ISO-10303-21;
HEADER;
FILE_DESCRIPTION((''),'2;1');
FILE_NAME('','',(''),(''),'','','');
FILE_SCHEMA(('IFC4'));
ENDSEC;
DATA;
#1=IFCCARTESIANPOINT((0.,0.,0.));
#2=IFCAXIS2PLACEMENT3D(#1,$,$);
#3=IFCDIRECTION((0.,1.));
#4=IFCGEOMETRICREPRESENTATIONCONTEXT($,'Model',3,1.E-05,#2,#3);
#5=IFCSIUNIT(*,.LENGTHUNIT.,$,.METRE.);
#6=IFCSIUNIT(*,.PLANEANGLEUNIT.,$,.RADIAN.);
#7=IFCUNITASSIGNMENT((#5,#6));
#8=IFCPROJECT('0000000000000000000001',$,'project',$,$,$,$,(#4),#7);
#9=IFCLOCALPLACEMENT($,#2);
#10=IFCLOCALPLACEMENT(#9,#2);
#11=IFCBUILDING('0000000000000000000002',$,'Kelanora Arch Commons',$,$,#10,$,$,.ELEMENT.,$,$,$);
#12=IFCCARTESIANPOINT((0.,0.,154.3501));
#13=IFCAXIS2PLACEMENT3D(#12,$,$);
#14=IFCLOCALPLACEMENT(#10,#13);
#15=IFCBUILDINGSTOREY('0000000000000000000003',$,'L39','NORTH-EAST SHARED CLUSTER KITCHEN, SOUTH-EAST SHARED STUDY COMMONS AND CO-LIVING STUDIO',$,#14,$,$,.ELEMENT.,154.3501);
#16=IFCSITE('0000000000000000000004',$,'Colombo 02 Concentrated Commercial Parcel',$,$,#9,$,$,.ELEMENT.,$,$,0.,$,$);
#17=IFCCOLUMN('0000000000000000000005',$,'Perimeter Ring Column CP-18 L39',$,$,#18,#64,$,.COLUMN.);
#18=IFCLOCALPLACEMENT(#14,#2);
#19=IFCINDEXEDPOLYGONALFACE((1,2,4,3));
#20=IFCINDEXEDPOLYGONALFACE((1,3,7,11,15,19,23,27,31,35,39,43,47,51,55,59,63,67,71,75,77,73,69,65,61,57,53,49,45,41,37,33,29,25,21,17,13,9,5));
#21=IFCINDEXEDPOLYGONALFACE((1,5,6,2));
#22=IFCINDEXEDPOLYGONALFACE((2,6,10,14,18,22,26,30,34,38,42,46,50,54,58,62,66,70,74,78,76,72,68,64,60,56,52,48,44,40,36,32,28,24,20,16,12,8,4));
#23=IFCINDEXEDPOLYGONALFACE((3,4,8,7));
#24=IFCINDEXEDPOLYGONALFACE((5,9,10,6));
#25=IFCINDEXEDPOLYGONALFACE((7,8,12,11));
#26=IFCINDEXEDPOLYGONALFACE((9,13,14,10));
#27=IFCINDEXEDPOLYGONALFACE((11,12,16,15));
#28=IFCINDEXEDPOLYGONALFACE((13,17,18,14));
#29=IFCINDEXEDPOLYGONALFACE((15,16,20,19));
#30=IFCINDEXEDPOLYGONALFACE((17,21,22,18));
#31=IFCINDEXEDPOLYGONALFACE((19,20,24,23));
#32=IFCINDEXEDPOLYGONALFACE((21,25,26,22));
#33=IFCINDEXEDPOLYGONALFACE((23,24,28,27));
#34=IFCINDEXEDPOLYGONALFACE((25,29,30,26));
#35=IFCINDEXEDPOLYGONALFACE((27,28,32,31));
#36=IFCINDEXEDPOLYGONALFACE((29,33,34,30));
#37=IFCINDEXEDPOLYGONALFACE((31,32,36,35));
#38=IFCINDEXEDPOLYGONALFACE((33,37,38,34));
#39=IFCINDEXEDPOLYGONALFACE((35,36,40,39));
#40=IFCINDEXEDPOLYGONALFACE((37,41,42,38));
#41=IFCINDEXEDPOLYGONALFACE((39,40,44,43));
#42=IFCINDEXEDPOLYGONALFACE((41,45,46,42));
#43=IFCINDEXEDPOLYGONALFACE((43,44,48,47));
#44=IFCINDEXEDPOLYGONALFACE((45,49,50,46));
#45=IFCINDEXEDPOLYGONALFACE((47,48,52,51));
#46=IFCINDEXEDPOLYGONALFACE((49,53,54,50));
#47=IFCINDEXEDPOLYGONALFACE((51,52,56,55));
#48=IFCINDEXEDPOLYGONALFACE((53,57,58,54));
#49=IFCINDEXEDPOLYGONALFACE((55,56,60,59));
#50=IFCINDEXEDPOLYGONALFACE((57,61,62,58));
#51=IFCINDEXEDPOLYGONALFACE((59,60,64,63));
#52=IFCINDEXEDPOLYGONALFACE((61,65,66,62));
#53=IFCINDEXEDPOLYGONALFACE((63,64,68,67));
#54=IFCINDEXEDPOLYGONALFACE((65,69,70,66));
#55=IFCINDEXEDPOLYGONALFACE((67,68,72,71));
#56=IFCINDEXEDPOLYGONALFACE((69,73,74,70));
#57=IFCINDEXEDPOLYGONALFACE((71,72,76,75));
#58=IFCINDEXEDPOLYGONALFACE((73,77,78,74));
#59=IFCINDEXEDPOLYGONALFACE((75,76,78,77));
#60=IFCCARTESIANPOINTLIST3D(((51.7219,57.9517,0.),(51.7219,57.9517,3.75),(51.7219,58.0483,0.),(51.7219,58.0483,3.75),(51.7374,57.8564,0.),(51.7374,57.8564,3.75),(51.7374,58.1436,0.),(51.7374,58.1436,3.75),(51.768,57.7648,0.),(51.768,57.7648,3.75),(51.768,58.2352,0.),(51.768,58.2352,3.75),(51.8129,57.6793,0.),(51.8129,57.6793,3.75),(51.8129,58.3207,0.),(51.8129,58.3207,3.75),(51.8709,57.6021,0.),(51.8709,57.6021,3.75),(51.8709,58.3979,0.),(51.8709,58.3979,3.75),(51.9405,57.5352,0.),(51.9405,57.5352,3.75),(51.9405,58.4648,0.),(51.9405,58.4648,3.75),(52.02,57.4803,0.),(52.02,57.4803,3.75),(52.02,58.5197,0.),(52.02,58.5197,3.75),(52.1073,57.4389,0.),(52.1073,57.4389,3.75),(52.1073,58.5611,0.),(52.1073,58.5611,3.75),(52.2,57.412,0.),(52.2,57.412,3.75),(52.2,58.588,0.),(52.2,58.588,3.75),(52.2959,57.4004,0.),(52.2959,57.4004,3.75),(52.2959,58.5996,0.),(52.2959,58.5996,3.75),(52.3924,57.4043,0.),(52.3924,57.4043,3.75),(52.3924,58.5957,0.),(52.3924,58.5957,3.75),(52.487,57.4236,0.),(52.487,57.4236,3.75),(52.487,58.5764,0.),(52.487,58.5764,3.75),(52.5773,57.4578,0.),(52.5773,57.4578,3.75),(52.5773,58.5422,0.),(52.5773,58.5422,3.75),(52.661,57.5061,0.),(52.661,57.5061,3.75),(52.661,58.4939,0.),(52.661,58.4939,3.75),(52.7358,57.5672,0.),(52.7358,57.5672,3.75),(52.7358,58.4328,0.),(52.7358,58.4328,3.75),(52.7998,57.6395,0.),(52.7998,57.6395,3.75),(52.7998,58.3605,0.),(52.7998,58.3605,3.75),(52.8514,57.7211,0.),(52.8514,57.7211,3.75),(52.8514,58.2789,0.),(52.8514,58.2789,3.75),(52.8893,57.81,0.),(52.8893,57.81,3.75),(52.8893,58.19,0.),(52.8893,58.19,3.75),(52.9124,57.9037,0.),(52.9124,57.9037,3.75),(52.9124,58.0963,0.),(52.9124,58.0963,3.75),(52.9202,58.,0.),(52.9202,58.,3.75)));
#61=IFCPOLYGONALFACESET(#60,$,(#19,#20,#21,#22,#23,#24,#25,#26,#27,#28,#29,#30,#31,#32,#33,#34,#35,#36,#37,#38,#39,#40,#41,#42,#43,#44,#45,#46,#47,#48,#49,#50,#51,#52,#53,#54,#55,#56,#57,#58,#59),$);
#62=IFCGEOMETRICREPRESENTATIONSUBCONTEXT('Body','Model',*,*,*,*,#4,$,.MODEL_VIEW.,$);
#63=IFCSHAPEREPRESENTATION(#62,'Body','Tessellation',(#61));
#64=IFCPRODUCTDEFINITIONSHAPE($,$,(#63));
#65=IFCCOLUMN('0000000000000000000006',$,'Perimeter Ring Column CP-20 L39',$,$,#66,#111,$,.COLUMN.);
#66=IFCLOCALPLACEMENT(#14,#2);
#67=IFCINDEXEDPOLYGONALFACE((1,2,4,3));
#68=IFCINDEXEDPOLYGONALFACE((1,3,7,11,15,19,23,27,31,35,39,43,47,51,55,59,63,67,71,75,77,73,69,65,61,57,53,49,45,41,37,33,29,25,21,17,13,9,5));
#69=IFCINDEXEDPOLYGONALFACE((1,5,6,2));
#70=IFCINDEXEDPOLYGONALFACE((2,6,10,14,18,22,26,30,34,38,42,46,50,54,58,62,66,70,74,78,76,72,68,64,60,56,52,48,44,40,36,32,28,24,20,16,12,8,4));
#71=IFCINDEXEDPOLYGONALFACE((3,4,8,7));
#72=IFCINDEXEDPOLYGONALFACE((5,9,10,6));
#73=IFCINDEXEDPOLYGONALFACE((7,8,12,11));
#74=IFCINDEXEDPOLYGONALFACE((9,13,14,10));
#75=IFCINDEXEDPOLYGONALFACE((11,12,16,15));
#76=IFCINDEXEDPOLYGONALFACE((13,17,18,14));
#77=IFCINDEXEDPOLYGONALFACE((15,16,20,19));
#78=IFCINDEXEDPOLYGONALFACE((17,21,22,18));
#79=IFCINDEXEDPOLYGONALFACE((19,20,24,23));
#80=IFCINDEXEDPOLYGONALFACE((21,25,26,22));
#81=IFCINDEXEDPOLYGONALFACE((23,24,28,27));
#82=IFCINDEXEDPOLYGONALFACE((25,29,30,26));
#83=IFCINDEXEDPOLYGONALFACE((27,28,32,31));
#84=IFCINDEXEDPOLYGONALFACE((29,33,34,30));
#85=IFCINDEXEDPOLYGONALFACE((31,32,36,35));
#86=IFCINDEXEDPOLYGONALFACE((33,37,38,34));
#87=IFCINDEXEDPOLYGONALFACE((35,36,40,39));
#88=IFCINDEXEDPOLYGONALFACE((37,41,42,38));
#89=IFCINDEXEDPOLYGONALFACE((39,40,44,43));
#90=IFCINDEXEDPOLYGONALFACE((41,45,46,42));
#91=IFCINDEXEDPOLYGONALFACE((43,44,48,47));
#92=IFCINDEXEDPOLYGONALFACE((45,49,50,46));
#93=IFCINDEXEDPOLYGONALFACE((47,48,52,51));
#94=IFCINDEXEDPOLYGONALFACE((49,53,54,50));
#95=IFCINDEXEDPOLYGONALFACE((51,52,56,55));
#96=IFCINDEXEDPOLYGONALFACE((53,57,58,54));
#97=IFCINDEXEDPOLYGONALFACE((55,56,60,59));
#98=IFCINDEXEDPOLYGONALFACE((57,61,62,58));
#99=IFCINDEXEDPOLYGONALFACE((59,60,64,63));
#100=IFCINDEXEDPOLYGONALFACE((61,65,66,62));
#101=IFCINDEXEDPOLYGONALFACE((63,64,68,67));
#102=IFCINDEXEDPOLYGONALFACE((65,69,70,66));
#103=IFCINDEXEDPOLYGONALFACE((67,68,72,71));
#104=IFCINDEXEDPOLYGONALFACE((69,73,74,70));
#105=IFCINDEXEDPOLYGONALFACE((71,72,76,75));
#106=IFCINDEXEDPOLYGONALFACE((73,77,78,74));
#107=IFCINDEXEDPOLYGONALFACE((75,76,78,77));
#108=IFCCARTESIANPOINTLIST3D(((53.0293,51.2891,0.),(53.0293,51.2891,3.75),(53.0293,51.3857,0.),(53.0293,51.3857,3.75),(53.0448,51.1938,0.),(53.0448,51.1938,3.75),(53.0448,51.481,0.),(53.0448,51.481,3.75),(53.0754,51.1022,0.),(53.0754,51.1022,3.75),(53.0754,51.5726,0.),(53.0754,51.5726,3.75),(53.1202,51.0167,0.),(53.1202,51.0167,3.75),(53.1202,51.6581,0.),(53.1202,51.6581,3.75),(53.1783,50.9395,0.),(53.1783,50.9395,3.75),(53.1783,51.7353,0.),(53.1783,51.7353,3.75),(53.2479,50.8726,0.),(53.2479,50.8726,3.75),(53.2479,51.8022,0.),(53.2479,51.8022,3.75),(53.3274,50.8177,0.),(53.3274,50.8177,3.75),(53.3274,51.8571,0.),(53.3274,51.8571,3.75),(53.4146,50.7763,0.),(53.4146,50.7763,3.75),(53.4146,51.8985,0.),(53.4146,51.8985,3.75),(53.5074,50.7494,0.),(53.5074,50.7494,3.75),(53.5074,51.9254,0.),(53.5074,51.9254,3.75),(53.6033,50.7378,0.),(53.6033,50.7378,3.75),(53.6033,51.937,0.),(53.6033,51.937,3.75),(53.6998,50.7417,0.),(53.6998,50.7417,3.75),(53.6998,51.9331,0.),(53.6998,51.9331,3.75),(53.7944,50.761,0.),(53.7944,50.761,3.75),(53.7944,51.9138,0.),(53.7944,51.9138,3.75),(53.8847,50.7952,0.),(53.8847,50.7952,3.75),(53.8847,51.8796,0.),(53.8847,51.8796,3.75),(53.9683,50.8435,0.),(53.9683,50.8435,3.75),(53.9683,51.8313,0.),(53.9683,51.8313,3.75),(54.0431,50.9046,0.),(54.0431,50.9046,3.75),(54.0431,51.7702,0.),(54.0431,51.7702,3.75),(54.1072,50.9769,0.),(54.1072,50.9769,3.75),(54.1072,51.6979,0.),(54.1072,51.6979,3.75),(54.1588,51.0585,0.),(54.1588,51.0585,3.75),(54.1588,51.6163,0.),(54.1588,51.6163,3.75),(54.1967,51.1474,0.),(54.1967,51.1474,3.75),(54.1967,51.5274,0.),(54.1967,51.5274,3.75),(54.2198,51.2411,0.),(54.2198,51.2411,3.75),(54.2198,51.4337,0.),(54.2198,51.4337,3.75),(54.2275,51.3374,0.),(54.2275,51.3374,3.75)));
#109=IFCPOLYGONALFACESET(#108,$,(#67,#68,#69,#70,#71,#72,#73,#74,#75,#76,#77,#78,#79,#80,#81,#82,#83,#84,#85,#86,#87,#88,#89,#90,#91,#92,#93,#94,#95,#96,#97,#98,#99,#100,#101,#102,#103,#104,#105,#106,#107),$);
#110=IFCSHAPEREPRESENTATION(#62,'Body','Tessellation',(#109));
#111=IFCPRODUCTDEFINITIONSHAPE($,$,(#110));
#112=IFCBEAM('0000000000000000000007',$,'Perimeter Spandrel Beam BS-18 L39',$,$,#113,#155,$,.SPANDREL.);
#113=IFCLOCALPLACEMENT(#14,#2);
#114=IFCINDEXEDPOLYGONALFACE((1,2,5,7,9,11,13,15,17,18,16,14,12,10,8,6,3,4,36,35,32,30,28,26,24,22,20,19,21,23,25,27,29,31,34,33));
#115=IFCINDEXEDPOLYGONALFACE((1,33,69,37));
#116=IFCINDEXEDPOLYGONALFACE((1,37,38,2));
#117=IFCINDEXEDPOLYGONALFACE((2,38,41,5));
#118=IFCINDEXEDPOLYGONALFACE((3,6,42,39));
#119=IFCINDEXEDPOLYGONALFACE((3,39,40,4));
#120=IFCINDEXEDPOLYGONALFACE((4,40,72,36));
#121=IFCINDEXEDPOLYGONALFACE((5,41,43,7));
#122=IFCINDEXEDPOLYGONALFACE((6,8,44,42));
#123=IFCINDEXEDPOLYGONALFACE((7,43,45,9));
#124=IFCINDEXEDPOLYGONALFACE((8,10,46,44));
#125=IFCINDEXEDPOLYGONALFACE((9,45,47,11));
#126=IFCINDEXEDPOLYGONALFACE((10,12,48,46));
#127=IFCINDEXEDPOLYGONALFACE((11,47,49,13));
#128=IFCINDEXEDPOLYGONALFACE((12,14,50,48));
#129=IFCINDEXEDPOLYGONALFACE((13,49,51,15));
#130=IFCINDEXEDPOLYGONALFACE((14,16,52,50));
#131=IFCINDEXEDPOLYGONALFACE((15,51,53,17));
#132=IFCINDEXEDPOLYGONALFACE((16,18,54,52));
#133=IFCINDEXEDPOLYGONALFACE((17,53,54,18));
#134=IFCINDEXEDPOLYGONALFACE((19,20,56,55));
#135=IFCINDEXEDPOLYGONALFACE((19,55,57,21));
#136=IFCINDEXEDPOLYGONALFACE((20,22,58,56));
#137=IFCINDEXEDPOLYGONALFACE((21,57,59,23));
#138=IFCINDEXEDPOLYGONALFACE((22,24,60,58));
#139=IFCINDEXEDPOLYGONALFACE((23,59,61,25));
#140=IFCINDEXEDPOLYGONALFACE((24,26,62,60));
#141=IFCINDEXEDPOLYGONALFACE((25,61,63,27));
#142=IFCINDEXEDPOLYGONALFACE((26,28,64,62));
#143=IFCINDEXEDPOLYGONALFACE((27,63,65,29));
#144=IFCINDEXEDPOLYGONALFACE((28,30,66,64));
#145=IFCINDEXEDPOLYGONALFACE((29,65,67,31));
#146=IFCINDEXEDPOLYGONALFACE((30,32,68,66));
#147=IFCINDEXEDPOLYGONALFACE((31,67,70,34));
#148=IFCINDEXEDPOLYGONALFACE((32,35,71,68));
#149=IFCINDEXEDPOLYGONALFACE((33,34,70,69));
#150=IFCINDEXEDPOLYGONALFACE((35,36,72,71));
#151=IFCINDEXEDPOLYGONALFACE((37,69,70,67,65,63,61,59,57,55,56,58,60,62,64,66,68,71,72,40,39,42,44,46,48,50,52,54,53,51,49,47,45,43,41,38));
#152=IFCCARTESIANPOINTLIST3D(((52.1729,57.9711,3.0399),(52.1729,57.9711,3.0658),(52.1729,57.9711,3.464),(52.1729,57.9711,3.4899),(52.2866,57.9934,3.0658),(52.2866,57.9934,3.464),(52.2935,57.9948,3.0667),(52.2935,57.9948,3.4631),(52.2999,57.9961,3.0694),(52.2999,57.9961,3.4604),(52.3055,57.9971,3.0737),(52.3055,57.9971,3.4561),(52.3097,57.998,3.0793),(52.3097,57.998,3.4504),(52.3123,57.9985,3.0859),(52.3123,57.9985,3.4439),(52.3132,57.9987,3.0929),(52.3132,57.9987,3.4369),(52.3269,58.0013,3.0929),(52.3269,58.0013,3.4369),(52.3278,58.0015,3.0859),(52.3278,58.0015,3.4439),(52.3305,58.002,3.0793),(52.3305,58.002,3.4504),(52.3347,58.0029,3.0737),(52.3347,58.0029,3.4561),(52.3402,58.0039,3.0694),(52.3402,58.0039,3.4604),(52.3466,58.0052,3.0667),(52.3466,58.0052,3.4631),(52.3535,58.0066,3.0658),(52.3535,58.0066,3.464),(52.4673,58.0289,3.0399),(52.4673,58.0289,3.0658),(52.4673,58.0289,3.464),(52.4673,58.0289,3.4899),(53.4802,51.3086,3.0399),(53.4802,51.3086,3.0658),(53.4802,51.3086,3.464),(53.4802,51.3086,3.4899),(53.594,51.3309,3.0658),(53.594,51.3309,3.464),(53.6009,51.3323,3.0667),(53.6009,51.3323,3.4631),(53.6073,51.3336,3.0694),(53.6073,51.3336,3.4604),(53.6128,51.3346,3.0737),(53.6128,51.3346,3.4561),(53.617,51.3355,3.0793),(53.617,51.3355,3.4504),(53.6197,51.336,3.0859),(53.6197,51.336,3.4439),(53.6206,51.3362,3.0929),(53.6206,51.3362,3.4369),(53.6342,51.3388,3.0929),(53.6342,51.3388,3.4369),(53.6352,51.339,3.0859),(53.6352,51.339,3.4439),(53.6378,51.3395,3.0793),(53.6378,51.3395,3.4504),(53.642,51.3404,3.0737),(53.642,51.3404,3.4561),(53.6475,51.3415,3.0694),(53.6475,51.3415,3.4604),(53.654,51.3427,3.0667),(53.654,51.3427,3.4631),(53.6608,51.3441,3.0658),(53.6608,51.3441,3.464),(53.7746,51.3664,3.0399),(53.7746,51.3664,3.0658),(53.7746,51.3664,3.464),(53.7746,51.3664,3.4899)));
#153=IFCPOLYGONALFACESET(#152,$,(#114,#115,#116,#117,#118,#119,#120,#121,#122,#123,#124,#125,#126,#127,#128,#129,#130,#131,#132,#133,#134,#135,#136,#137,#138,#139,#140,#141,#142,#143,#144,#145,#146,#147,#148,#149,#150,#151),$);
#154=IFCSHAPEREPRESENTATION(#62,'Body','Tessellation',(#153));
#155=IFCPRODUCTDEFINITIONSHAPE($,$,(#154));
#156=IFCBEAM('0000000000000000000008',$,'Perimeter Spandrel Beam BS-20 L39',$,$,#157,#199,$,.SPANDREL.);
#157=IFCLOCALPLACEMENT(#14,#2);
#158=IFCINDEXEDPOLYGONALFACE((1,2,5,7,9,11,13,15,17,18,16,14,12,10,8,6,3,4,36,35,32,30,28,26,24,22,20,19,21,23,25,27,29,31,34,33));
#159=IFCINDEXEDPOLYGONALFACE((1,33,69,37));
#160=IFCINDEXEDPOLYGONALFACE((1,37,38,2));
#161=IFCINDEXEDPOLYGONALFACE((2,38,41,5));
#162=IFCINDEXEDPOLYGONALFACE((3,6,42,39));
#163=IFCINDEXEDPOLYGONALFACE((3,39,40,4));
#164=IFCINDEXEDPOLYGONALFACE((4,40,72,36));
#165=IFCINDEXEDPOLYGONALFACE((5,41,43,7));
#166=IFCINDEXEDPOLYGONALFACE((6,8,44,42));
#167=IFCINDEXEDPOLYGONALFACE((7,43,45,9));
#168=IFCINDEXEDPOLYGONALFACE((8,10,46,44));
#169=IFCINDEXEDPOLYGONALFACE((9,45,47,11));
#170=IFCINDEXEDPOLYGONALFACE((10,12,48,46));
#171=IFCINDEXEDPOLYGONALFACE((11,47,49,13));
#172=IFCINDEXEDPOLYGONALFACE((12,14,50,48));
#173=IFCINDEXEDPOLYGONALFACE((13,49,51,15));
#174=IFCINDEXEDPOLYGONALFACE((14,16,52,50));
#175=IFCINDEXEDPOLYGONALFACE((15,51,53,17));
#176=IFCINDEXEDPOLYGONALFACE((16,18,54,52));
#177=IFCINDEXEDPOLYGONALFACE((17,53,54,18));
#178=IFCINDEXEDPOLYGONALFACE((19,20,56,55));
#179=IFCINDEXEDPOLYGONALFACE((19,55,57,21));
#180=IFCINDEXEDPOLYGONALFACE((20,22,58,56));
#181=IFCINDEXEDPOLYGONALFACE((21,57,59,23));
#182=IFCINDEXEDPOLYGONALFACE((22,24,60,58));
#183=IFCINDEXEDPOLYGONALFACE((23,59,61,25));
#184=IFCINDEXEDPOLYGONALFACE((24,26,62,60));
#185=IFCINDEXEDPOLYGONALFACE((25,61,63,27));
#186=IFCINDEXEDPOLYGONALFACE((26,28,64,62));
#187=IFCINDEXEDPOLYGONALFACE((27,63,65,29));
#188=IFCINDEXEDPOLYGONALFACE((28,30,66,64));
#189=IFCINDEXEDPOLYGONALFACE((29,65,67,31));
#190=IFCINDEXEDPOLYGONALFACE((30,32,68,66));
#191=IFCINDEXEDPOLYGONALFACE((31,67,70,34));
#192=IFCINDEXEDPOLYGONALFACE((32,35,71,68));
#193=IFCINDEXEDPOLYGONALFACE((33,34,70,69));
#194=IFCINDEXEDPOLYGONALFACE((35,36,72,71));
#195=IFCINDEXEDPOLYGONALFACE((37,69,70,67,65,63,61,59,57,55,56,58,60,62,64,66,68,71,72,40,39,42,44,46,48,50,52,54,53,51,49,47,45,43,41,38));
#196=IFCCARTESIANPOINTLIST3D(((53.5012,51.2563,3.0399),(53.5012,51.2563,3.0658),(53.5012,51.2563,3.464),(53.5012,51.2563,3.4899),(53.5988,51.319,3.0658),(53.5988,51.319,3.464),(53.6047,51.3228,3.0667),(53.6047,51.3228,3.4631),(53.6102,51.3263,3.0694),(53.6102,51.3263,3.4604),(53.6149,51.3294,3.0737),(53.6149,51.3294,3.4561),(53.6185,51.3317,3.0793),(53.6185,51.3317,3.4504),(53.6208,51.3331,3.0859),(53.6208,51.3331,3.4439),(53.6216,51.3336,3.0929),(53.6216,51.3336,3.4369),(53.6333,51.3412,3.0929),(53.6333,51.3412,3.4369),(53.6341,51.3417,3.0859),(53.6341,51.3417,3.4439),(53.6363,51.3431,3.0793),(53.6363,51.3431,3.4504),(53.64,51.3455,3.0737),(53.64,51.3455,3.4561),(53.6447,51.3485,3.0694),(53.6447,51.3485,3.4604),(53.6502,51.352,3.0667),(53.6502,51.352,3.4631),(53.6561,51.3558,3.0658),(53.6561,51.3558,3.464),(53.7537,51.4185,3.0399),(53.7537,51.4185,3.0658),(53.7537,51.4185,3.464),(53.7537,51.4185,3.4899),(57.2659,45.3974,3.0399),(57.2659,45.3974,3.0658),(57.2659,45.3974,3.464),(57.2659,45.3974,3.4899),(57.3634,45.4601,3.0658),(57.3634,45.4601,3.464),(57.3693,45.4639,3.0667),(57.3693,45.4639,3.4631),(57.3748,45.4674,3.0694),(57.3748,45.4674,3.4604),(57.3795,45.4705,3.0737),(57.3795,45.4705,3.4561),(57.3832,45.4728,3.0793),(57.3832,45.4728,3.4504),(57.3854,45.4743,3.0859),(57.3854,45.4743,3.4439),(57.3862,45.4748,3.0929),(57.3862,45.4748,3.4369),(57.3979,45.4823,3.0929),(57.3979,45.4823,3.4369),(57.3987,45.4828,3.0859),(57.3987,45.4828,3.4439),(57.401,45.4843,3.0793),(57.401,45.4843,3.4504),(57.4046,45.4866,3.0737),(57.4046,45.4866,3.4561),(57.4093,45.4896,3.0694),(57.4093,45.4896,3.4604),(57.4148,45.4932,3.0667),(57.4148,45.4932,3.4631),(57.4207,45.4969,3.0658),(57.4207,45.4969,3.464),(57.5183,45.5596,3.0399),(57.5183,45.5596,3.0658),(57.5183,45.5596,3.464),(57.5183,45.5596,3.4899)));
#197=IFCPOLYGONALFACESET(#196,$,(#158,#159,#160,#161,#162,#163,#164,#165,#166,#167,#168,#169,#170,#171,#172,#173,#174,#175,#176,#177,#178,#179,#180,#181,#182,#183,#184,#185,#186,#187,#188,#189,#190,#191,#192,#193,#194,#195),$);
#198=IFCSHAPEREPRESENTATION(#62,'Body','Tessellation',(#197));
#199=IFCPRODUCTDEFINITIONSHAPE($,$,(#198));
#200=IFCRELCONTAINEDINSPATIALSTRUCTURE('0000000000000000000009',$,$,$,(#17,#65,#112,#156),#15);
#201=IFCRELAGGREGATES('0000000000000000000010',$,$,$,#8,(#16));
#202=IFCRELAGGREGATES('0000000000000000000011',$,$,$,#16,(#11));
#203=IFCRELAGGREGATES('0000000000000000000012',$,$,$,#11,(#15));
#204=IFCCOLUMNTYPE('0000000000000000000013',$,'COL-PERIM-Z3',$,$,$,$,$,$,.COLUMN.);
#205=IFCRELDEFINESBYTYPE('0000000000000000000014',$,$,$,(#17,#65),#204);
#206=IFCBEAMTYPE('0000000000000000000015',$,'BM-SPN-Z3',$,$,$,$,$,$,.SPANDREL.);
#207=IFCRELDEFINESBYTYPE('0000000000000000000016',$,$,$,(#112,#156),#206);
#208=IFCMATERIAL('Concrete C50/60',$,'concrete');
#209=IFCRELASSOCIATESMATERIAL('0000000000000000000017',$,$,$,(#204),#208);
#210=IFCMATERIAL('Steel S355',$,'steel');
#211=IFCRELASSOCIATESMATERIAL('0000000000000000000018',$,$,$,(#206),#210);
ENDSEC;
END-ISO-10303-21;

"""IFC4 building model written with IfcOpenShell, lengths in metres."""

from ifc_helpers import new_model, si_unit, direction, frame, origin, origin_2d, place, context, subcontext, project, spatial, circle, i_section, extrude, material, material_profile, profile_set, type_object, element, save


model = new_model("IFC4")

# Units and contexts
model_context = context("Model", 3, precision=1e-05, world=origin(), true_north=direction((0.0, 1.0)))
body_context = subcontext(model_context, "Body", "Model", "MODEL_VIEW")
ifc_project = project(units=[si_unit("LENGTHUNIT", "METRE"), si_unit("PLANEANGLEUNIT", "RADIAN")], contexts=[model_context])

# Site, building, storey
site_placement = place(None, origin())
site = spatial("IfcSite", under=ifc_project, at=site_placement, Name="Colombo 02 Concentrated Commercial Parcel", CompositionType="ELEMENT", RefElevation=0.0)
building_placement = place(site_placement, origin())
building = spatial("IfcBuilding", under=site, at=building_placement, Name="Kelanora Arch Commons", CompositionType="ELEMENT")
storey_placement = place(building_placement, frame((0.0, 0.0, 154.3501)))
storey = spatial("IfcBuildingStorey", under=building, at=storey_placement, Name="L39", Description="NORTH-EAST SHARED CLUSTER KITCHEN, SOUTH-EAST SHARED STUDY COMMONS AND CO-LIVING STUDIO", CompositionType="ELEMENT", Elevation=154.3501)

# Columns
ifc_material_1 = material(Name="Concrete C50/60", Category="concrete")
ifc_material_profile_1 = material_profile(ifc_material_1, circle(Radius=0.6001, at=origin_2d()), Name="RCC1200")
ifc_profile_set_1 = profile_set([ifc_material_profile_1], Name="Concrete C50/60")
column_type = type_object("IfcColumnType", Name="COL-PERIM-Z3", PredefinedType="COLUMN", material=ifc_profile_set_1)
for number, where, z_axis, x_axis, name in (
    (1, (52.3201, 58.0, 0.0), (0.0, 0.0, 1.0), (1.0, 0.0, 0.0), "Perimeter Ring Column CP-18 L39"),
    (2, (53.6274, 51.3374, 0.0), (0.0, 0.0, 1.0), (1.0, 0.0, 0.0), "Perimeter Ring Column CP-20 L39"),
):
    element("IfcColumn", number, at=place(storey_placement, frame(where, z_axis=z_axis, x_axis=x_axis)), inside=storey, type_object=column_type, Name=name, PredefinedType="COLUMN", context=body_context, shape_type="SweptSolid", body=[
        extrude(circle(Radius=0.6001, at=origin_2d()), origin(), (0.0, 0.0, 1.0), 3.75),
    ])

# Beams
ifc_material_2 = material(Name="Steel S355", Category="steel")
ifc_material_profile_2 = material_profile(ifc_material_2, i_section(OverallWidth=0.3, OverallDepth=0.45, WebThickness=0.0139, FlangeThickness=0.0259, FilletRadius=0.0271, at=origin_2d()), Name="HEB450")
ifc_profile_set_2 = profile_set([ifc_material_profile_2], Name="Steel S355")
beam_type = type_object("IfcBeamType", Name="BM-SPN-Z3", PredefinedType="SPANDREL", material=ifc_profile_set_2)
beam_1_placement = place(storey_placement, frame((52.3201, 58.0, 3.2649), z_axis=(0.192554, -0.981286, 0.0), x_axis=(0.981286, 0.192554, 0.0)))
element("IfcBeam", 3, at=beam_1_placement, inside=storey, type_object=beam_type, Name="Perimeter Spandrel Beam BS-18 L39", PredefinedType="SPANDREL", context=body_context, shape_type="SweptSolid", body=[
    extrude(i_section(OverallWidth=0.3, OverallDepth=0.45, WebThickness=0.0139, FlangeThickness=0.0259, FilletRadius=0.0271, at=origin_2d()), origin(), (0.0, 0.0, 1.0), 6.7896),
])
beam_2_placement = place(storey_placement, frame((53.6274, 51.3374, 3.2649), z_axis=(0.540577, -0.841295, 0.0), x_axis=(0.841295, 0.540577, 0.0)))
element("IfcBeam", 4, at=beam_2_placement, inside=storey, type_object=beam_type, Name="Perimeter Spandrel Beam BS-20 L39", PredefinedType="SPANDREL", context=body_context, shape_type="SweptSolid", body=[
    extrude(i_section(OverallWidth=0.3, OverallDepth=0.45, WebThickness=0.0139, FlangeThickness=0.0259, FilletRadius=0.0271, at=origin_2d()), origin(), (0.0, 0.0, 1.0), 6.9641),
])

save(model, "model.ifc")
